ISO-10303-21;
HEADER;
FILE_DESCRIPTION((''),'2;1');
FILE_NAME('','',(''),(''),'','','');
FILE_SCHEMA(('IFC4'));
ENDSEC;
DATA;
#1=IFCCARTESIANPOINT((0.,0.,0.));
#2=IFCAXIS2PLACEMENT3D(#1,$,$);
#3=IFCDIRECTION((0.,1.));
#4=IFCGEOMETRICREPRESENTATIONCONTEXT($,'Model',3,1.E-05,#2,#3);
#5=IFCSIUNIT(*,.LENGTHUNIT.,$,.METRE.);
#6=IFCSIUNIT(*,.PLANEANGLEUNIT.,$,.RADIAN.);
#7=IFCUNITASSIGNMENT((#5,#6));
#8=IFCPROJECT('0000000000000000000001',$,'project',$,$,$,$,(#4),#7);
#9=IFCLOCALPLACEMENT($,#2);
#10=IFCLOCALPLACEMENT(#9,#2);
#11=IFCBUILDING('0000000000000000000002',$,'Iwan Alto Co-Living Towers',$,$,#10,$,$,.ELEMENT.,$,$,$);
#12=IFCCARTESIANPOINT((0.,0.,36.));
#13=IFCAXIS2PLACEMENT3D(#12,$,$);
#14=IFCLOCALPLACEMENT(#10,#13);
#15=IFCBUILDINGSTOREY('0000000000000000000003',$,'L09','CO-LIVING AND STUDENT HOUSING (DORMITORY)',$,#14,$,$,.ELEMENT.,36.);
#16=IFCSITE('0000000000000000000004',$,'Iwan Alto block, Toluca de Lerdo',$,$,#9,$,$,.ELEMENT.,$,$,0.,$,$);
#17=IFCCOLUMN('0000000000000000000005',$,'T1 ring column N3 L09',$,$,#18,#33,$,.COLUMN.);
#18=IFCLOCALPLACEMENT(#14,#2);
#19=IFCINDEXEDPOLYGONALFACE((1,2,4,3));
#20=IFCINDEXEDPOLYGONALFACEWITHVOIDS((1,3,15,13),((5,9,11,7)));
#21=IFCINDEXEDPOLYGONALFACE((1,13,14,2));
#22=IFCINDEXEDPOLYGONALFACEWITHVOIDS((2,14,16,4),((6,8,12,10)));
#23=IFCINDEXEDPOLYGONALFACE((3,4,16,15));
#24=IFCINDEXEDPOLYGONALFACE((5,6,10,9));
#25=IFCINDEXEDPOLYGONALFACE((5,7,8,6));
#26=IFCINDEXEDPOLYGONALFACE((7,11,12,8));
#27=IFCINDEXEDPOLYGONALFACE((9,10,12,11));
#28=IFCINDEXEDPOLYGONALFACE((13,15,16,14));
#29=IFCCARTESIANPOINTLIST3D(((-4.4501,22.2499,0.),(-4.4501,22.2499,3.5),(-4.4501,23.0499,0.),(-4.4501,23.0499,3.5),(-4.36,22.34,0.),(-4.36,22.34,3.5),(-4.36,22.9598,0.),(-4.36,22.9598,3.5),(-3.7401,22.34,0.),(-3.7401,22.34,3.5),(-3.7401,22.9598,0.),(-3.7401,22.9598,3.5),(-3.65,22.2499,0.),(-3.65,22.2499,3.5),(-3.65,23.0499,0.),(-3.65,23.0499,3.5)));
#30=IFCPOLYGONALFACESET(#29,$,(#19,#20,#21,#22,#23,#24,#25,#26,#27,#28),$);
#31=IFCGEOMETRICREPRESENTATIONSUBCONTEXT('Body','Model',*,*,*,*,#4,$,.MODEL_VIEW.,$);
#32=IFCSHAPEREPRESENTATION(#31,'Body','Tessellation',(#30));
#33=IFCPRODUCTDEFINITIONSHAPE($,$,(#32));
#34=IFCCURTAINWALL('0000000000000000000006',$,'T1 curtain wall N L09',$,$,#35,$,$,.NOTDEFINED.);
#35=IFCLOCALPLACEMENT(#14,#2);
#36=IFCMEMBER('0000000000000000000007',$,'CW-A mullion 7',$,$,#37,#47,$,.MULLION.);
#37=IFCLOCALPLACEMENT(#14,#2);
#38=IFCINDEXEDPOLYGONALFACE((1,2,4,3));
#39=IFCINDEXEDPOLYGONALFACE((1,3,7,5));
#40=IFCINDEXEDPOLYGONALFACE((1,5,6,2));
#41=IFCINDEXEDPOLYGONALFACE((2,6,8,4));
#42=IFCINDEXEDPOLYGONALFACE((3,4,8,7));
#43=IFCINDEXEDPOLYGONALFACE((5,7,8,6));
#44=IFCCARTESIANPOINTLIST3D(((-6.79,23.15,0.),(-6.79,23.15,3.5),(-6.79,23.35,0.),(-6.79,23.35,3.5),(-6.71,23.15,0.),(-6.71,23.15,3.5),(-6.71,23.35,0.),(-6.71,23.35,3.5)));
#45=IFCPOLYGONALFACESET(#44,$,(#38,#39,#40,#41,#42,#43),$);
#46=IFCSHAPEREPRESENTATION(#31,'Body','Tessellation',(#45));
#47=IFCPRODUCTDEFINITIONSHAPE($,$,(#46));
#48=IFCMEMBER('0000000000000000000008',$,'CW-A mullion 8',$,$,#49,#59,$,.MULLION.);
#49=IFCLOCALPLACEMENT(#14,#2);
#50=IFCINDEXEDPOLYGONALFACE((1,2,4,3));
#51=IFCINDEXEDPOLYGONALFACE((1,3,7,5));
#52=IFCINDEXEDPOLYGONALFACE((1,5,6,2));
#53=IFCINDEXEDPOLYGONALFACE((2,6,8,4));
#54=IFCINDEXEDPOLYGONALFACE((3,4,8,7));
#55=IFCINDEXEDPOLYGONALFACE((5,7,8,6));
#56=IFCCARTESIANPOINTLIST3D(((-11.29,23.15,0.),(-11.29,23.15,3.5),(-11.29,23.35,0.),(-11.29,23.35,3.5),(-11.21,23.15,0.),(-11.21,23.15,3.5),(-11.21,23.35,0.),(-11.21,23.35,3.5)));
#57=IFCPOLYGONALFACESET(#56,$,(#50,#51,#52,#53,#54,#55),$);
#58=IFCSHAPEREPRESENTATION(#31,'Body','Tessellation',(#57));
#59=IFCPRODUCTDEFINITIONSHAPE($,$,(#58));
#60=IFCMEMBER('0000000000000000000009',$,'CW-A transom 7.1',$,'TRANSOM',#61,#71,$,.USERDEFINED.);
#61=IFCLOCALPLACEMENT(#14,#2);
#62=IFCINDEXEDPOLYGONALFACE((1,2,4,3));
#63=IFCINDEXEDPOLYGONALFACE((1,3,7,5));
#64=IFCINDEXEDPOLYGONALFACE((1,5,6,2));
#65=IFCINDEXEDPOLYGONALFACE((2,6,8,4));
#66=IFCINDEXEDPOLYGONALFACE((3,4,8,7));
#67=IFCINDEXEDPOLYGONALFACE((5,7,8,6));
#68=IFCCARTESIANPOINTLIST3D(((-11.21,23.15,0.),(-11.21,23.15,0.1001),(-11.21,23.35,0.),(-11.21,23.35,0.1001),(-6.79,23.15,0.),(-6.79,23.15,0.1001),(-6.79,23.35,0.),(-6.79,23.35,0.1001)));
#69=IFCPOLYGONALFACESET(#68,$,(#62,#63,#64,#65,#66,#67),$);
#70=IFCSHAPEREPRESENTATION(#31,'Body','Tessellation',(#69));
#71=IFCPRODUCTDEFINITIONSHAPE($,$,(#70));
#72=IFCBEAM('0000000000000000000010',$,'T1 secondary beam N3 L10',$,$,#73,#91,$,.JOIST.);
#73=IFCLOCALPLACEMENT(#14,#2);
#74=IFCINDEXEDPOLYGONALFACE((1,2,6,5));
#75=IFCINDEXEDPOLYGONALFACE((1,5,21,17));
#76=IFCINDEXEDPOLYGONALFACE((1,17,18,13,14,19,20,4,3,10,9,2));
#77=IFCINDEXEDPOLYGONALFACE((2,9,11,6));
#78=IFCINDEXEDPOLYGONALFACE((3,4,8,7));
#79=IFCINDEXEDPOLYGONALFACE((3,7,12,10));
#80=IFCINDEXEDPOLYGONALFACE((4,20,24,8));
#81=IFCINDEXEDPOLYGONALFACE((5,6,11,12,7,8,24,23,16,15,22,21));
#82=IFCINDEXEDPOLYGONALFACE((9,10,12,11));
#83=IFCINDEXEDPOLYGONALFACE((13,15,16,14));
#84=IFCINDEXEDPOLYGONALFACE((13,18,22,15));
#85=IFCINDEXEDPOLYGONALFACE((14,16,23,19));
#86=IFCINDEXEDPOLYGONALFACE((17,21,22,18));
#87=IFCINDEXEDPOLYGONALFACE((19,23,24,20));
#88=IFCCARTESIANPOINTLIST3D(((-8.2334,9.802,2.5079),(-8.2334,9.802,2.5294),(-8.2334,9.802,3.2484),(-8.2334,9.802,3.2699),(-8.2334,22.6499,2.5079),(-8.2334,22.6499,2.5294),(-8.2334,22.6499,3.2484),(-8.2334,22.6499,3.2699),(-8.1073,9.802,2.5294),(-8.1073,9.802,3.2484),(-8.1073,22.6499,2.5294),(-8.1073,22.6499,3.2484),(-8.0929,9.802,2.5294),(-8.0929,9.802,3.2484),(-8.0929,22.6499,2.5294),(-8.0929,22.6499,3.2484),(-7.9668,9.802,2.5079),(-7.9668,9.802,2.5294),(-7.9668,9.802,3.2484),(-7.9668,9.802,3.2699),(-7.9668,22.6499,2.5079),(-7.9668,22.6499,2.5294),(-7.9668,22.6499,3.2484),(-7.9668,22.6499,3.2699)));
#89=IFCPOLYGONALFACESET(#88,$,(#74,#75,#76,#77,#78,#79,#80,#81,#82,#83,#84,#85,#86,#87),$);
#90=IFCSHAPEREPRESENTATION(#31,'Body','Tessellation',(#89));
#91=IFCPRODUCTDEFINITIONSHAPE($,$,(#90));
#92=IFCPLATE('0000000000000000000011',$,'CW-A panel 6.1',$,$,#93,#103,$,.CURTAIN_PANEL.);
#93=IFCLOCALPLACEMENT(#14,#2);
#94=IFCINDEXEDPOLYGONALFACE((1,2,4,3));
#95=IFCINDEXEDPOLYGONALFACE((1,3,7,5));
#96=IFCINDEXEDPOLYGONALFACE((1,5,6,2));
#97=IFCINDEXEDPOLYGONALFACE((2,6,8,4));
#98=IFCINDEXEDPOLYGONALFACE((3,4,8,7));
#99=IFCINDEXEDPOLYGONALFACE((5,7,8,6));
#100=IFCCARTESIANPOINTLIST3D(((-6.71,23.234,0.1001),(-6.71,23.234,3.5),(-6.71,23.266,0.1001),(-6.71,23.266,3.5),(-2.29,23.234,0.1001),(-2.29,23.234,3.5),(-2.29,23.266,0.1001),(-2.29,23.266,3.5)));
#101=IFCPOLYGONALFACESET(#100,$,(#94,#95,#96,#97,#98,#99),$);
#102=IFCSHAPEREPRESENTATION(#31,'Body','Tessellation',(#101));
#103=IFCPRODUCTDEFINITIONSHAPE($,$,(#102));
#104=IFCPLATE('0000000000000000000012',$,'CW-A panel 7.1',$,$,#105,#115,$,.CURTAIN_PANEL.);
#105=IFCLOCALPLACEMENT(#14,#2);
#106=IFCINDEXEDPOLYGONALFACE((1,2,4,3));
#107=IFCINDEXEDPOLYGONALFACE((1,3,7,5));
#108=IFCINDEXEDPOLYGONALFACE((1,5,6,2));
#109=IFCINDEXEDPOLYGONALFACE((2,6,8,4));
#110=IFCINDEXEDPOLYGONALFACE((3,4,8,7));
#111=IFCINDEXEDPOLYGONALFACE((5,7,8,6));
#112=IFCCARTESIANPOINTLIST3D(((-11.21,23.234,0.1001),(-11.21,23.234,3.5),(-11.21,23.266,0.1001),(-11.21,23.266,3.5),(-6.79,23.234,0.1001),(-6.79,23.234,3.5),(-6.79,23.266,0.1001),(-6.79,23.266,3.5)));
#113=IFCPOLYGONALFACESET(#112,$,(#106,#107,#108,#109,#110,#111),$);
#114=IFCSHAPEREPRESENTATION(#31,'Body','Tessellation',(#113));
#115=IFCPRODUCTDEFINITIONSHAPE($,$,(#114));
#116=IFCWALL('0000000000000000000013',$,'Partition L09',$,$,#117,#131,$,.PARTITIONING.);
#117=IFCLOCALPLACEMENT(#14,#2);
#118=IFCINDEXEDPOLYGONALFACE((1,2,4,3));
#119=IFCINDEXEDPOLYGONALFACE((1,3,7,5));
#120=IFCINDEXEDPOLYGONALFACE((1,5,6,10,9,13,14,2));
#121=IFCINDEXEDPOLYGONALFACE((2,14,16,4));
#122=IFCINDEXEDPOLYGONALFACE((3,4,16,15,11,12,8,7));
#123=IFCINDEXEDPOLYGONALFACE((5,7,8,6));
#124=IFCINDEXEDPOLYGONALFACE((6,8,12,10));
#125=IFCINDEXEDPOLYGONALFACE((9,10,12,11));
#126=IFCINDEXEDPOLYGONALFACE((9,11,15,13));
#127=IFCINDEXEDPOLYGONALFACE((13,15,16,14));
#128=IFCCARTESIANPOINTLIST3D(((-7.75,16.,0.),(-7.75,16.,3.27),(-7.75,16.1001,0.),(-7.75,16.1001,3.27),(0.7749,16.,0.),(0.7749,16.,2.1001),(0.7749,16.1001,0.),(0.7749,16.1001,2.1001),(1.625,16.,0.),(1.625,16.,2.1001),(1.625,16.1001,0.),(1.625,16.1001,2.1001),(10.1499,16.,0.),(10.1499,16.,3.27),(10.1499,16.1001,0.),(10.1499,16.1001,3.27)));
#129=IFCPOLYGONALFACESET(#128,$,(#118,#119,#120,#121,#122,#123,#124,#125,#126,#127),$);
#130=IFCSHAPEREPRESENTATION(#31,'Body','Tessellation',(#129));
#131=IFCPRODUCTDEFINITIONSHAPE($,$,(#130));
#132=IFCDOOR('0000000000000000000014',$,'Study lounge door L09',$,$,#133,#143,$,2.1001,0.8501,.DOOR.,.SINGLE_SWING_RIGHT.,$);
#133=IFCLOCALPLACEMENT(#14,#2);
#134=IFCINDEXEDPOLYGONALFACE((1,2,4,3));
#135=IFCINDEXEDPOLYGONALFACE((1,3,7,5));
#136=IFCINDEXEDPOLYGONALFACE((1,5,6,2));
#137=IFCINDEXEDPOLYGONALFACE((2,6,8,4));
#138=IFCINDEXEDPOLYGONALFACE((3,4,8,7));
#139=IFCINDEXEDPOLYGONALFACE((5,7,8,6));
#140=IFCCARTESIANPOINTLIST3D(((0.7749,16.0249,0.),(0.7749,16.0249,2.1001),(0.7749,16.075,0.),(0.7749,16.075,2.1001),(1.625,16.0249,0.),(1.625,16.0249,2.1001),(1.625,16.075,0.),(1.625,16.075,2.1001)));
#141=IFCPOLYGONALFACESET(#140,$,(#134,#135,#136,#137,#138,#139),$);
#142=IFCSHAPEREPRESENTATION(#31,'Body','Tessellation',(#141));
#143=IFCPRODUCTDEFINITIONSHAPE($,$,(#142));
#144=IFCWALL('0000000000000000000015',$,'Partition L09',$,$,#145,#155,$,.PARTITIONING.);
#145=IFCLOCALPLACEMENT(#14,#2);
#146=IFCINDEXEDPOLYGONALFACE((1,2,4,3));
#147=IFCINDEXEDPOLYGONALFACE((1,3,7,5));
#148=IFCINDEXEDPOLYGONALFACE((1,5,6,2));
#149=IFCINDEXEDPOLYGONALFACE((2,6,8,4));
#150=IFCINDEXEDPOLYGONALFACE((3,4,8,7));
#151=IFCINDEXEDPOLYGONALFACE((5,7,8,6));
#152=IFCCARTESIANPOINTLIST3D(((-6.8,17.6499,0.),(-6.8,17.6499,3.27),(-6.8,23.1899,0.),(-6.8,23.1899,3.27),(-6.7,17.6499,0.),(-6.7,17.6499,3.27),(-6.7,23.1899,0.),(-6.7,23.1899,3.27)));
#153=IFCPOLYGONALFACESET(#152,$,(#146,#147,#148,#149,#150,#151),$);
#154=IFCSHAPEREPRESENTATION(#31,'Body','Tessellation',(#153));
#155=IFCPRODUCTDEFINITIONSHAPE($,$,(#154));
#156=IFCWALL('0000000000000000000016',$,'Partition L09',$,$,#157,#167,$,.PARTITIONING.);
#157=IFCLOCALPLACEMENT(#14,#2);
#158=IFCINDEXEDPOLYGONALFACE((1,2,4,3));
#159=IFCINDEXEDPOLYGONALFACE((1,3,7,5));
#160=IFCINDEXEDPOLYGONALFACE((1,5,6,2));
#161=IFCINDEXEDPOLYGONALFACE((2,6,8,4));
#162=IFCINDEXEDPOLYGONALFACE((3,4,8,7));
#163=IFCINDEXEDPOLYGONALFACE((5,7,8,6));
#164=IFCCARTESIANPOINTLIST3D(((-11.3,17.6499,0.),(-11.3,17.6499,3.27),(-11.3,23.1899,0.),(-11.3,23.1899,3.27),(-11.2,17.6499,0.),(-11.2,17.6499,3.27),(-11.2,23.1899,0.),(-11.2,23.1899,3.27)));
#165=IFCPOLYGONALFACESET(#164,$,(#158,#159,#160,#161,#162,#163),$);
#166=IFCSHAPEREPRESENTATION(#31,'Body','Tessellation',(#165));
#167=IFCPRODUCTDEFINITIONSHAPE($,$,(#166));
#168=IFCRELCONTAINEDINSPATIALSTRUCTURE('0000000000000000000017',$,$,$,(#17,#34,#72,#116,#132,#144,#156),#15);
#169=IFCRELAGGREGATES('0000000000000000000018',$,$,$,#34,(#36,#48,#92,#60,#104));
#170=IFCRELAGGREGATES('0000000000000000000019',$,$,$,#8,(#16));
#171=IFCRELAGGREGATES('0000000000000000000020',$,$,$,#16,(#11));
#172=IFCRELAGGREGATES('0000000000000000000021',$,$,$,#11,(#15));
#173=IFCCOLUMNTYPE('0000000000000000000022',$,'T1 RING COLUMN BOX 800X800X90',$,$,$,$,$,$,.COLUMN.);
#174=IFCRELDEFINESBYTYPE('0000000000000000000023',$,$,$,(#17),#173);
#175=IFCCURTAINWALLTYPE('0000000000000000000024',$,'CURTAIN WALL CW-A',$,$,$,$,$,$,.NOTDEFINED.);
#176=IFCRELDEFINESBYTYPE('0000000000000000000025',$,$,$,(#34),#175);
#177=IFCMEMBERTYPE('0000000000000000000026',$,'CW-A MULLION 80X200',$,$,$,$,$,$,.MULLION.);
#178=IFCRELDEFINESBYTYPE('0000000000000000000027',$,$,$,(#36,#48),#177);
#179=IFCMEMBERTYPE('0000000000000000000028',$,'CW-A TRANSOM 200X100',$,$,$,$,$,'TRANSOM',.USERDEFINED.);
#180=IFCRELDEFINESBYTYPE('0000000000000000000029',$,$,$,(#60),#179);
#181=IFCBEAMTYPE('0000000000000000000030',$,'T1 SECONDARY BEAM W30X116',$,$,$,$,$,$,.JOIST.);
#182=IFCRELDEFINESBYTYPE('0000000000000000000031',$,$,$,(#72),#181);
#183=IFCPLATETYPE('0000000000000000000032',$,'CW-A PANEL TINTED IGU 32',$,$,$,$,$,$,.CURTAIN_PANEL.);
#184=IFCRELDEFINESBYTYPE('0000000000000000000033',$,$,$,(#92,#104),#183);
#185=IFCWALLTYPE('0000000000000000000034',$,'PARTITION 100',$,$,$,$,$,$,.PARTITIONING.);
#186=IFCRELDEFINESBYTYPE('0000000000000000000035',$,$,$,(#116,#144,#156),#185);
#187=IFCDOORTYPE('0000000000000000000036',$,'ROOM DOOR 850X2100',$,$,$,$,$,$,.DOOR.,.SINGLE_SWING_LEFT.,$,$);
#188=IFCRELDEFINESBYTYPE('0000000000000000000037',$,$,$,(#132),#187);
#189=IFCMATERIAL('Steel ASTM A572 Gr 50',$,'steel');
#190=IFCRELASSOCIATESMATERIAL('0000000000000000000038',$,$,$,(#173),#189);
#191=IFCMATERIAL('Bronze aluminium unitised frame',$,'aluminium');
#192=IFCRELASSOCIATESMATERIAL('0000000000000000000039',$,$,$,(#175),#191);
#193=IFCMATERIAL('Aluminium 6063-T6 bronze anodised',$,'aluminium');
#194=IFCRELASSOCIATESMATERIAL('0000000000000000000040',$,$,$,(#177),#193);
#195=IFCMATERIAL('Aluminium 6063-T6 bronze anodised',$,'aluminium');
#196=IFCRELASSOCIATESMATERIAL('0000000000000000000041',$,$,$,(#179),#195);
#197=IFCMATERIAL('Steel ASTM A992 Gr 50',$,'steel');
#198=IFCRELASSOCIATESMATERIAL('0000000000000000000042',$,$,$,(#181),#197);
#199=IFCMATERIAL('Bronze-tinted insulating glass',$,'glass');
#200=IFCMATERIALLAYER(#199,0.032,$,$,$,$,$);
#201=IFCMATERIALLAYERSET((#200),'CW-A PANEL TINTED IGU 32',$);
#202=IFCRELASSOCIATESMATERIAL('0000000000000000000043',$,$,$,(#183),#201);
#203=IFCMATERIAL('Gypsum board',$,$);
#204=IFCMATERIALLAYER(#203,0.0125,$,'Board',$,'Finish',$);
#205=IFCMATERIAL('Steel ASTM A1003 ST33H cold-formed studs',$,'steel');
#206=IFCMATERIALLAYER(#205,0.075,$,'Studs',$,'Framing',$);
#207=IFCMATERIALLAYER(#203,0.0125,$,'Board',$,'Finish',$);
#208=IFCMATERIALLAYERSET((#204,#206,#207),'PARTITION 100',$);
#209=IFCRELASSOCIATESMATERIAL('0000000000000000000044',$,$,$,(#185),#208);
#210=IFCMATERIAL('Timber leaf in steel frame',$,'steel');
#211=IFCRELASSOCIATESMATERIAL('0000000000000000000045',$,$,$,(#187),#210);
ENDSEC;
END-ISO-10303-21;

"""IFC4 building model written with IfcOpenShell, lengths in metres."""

from ifc_helpers import new_model, si_unit, direction, frame, frame_2d, origin, origin_2d, place, context, subcontext, project, spatial, rectangle, hollow_rectangle, i_section, extrude, material, layer, layer_set, material_profile, profile_set, type_object, element, fill, aggregate, save


model = new_model("IFC4")

# Units and contexts
model_context = context("Model", 3, precision=1e-05, world=origin(), true_north=direction((0.0, 1.0)))
body_context = subcontext(model_context, "Body", "Model", "MODEL_VIEW")
ifc_project = project(units=[si_unit("LENGTHUNIT", "METRE"), si_unit("PLANEANGLEUNIT", "RADIAN")], contexts=[model_context])

# Site, building, storey
site_placement = place(None, origin())
site = spatial("IfcSite", under=ifc_project, at=site_placement, Name="Iwan Alto block, Toluca de Lerdo", CompositionType="ELEMENT", RefElevation=0.0)
building_placement = place(site_placement, origin())
building = spatial("IfcBuilding", under=site, at=building_placement, Name="Iwan Alto Co-Living Towers", CompositionType="ELEMENT")
storey_placement = place(building_placement, frame((0.0, 0.0, 36.0)))
storey = spatial("IfcBuildingStorey", under=building, at=storey_placement, Name="L09", Description="CO-LIVING AND STUDENT HOUSING (DORMITORY)", CompositionType="ELEMENT", Elevation=36.0)

# Column
ifc_material_1 = material(Name="Steel ASTM A572 Gr 50", Category="steel")
ifc_material_profile_1 = material_profile(ifc_material_1, hollow_rectangle(XDim=0.8, YDim=0.8, WallThickness=0.0901, at=origin_2d()), Name="BOX 800X800X90")
ifc_profile_set_1 = profile_set([ifc_material_profile_1], Name="Steel ASTM A572 Gr 50")
column_type = type_object("IfcColumnType", Name="T1 RING COLUMN BOX 800X800X90", PredefinedType="COLUMN", material=ifc_profile_set_1)
column_placement = place(storey_placement, frame((-4.05, 22.6499, 0.0), z_axis=(0.0, 0.0, 1.0), x_axis=(1.0, 0.0, 0.0)))
element("IfcColumn", 1, at=column_placement, inside=storey, type_object=column_type, Name="T1 ring column N3 L09", PredefinedType="COLUMN", context=body_context, shape_type="SweptSolid", body=[
    extrude(hollow_rectangle(XDim=0.8, YDim=0.8, WallThickness=0.0901, at=origin_2d()), origin(), (0.0, 0.0, 1.0), 3.5),
])

# Curtain wall, members
ifc_material_2 = material(Name="Bronze aluminium unitised frame", Category="aluminium")
curtain_wall_type = type_object("IfcCurtainWallType", Name="CURTAIN WALL CW-A", PredefinedType="NOTDEFINED", material=ifc_material_2)
curtain_wall_placement = place(storey_placement, origin())
curtain_wall = element("IfcCurtainWall", 2, at=curtain_wall_placement, inside=storey, type_object=curtain_wall_type, Name="T1 curtain wall N L09", PredefinedType="NOTDEFINED")
ifc_material_3 = material(Name="Aluminium 6063-T6 bronze anodised", Category="aluminium")
ifc_material_profile_2 = material_profile(ifc_material_3, rectangle(XDim=0.2, YDim=0.0801, at=origin_2d()), Name="AL 80X200")
ifc_profile_set_2 = profile_set([ifc_material_profile_2], Name="Aluminium 6063-T6 bronze anodised")
member_type_1 = type_object("IfcMemberType", Name="CW-A MULLION 80X200", PredefinedType="MULLION", material=ifc_profile_set_2)
member_1_placement = place(storey_placement, frame((-6.75, 23.25, 0.0), z_axis=(0.0, 0.0, 1.0), x_axis=(0.0, -1.0, 0.0)))
member_1 = element("IfcMember", 3, at=member_1_placement, type_object=member_type_1, Name="CW-A mullion 7", PredefinedType="MULLION", context=body_context, shape_type="SweptSolid", body=[
    extrude(rectangle(XDim=0.2, YDim=0.0801, at=origin_2d()), origin(), (0.0, 0.0, 1.0), 3.5),
])
member_2_placement = place(storey_placement, frame((-11.25, 23.25, 0.0), z_axis=(0.0, 0.0, 1.0), x_axis=(0.0, -1.0, 0.0)))
member_2 = element("IfcMember", 4, at=member_2_placement, type_object=member_type_1, Name="CW-A mullion 8", PredefinedType="MULLION", context=body_context, shape_type="SweptSolid", body=[
    extrude(rectangle(XDim=0.2, YDim=0.0801, at=origin_2d()), origin(), (0.0, 0.0, 1.0), 3.5),
])
ifc_material_4 = material(Name="Aluminium 6063-T6 bronze anodised", Category="aluminium")
ifc_material_profile_3 = material_profile(ifc_material_4, rectangle(XDim=0.2, YDim=0.1001, at=origin_2d()), Name="AL 200X100")
ifc_profile_set_3 = profile_set([ifc_material_profile_3], Name="Aluminium 6063-T6 bronze anodised")
member_type_2 = type_object("IfcMemberType", Name="CW-A TRANSOM 200X100", ElementType="TRANSOM", PredefinedType="USERDEFINED", material=ifc_profile_set_3)
member_3_placement = place(storey_placement, frame((-6.79, 23.25, 0.05), z_axis=(-1.0, 0.0, 0.0), x_axis=(0.0, -1.0, 0.0)))
member_3 = element("IfcMember", 5, at=member_3_placement, type_object=member_type_2, Name="CW-A transom 7.1", ObjectType="TRANSOM", PredefinedType="USERDEFINED", context=body_context, shape_type="SweptSolid", body=[
    extrude(rectangle(XDim=0.2, YDim=0.1001, at=origin_2d()), origin(), (0.0, 0.0, 1.0), 4.4199),
])

# Beam
ifc_material_5 = material(Name="Steel ASTM A992 Gr 50", Category="steel")
ifc_material_profile_4 = material_profile(ifc_material_5, i_section(OverallWidth=0.2666, OverallDepth=0.762, WebThickness=0.0144, FlangeThickness=0.0215, at=origin_2d()), Name="W30X116")
ifc_profile_set_4 = profile_set([ifc_material_profile_4], Name="Steel ASTM A992 Gr 50")
beam_type = type_object("IfcBeamType", Name="T1 SECONDARY BEAM W30X116", PredefinedType="JOIST", material=ifc_profile_set_4)
beam_placement = place(storey_placement, frame((-8.1001, 22.6499, 2.8889), z_axis=(0.0, -1.0, 0.0), x_axis=(1.0, 0.0, 0.0)))
element("IfcBeam", 6, at=beam_placement, inside=storey, type_object=beam_type, Name="T1 secondary beam N3 L10", PredefinedType="JOIST", context=body_context, shape_type="SweptSolid", body=[
    extrude(i_section(OverallWidth=0.2666, OverallDepth=0.762, WebThickness=0.0144, FlangeThickness=0.0215, at=origin_2d()), origin(), (0.0, 0.0, 1.0), 12.8479),
])

# Plates
ifc_material_6 = material(Name="Bronze-tinted insulating glass", Category="glass")
ifc_layer_1 = layer(ifc_material_6, 0.032)
ifc_layer_set_1 = layer_set([ifc_layer_1], Name="CW-A PANEL TINTED IGU 32")
plate_type = type_object("IfcPlateType", Name="CW-A PANEL TINTED IGU 32", PredefinedType="CURTAIN_PANEL", material=ifc_layer_set_1)
plate_1_placement = place(storey_placement, frame((-4.5, 23.25, 0.1001), z_axis=(0.0, 0.0, 1.0), x_axis=(-1.0, 0.0, 0.0)))
plate_1 = element("IfcPlate", 7, at=plate_1_placement, type_object=plate_type, Name="CW-A panel 6.1", PredefinedType="CURTAIN_PANEL", context=body_context, shape_type="SweptSolid", body=[
    extrude(rectangle(XDim=4.4199, YDim=0.032, at=origin_2d()), origin(), (0.0, 0.0, 1.0), 3.3999),
])
plate_2_placement = place(storey_placement, frame((-9.0, 23.25, 0.1001), z_axis=(0.0, 0.0, 1.0), x_axis=(-1.0, 0.0, 0.0)))
plate_2 = element("IfcPlate", 8, at=plate_2_placement, type_object=plate_type, Name="CW-A panel 7.1", PredefinedType="CURTAIN_PANEL", context=body_context, shape_type="SweptSolid", body=[
    extrude(rectangle(XDim=4.4199, YDim=0.032, at=origin_2d()), origin(), (0.0, 0.0, 1.0), 3.3999),
])
aggregate(curtain_wall, [member_1, member_2, plate_1, member_3, plate_2])

# Wall, opening, door
ifc_material_7 = material(Name="Gypsum board")
ifc_layer_2 = layer(ifc_material_7, 0.0125, Name="Board", Category="Finish")
ifc_material_8 = material(Name="Steel ASTM A1003 ST33H cold-formed studs", Category="steel")
ifc_layer_3 = layer(ifc_material_8, 0.075, Name="Studs", Category="Framing")
ifc_layer_4 = layer(ifc_material_7, 0.0125, Name="Board", Category="Finish")
ifc_layer_set_2 = layer_set([ifc_layer_2, ifc_layer_3, ifc_layer_4], Name="PARTITION 100")
wall_type = type_object("IfcWallType", Name="PARTITION 100", PredefinedType="PARTITIONING", material=ifc_layer_set_2)
wall_placement = place(storey_placement, frame((-7.75, 16.05, 0.0), z_axis=(0.0, 0.0, 1.0), x_axis=(1.0, 0.0, 0.0)))
wall = element("IfcWall", 9, at=wall_placement, inside=storey, type_object=wall_type, Name="Partition L09", PredefinedType="PARTITIONING", context=body_context, shape_type="SweptSolid", body=[
    extrude(rectangle(XDim=17.8999, YDim=0.1001, at=frame_2d((8.95, 0.0))), origin(), (0.0, 0.0, 1.0), 3.27),
])
opening_placement = place(wall_placement, frame((8.5249, 0.0, 0.0)))
opening = element("IfcOpeningElement", 10, at=opening_placement, cuts=wall, PredefinedType="OPENING", context=body_context, shape_type="SweptSolid", body=[
    extrude(rectangle(XDim=0.8501, YDim=2.1001, at=frame_2d((0.425, 1.05))), frame((0.0, 0.0601, 0.0), z_axis=(0.0, -1.0, 0.0), x_axis=(1.0, 0.0, 0.0)), (0.0, 0.0, 1.0), 0.1201),
])
ifc_material_9 = material(Name="Timber leaf in steel frame", Category="steel")
door_type = type_object("IfcDoorType", Name="ROOM DOOR 850X2100", OperationType="SINGLE_SWING_LEFT", PredefinedType="DOOR", material=ifc_material_9)
door_placement = place(opening_placement, origin())
door = element("IfcDoor", 11, at=door_placement, inside=storey, type_object=door_type, Name="Study lounge door L09", OperationType="SINGLE_SWING_RIGHT", OverallHeight=2.1001, OverallWidth=0.8501, PredefinedType="DOOR", context=body_context, shape_type="SweptSolid", body=[
    extrude(rectangle(XDim=0.8501, YDim=2.1001, at=frame_2d((0.425, 1.05))), frame((0.0, 0.0249, 0.0), z_axis=(0.0, -1.0, 0.0), x_axis=(1.0, 0.0, 0.0)), (0.0, 0.0, 1.0), 0.05),
])
fill(opening, door)

# Walls
for number, where, z_axis, x_axis, name in (
    (12, (-6.75, 17.6499, 0.0), (0.0, 0.0, 1.0), (0.0, 1.0, 0.0), "Partition L09"),
    (13, (-11.25, 17.6499, 0.0), (0.0, 0.0, 1.0), (0.0, 1.0, 0.0), "Partition L09"),
):
    element("IfcWall", number, at=place(storey_placement, frame(where, z_axis=z_axis, x_axis=x_axis)), inside=storey, type_object=wall_type, Name=name, PredefinedType="PARTITIONING", context=body_context, shape_type="SweptSolid", body=[
        extrude(rectangle(XDim=5.54, YDim=0.1001, at=frame_2d((2.77, 0.0))), origin(), (0.0, 0.0, 1.0), 3.27),
    ])

save(model, "model.ifc")
